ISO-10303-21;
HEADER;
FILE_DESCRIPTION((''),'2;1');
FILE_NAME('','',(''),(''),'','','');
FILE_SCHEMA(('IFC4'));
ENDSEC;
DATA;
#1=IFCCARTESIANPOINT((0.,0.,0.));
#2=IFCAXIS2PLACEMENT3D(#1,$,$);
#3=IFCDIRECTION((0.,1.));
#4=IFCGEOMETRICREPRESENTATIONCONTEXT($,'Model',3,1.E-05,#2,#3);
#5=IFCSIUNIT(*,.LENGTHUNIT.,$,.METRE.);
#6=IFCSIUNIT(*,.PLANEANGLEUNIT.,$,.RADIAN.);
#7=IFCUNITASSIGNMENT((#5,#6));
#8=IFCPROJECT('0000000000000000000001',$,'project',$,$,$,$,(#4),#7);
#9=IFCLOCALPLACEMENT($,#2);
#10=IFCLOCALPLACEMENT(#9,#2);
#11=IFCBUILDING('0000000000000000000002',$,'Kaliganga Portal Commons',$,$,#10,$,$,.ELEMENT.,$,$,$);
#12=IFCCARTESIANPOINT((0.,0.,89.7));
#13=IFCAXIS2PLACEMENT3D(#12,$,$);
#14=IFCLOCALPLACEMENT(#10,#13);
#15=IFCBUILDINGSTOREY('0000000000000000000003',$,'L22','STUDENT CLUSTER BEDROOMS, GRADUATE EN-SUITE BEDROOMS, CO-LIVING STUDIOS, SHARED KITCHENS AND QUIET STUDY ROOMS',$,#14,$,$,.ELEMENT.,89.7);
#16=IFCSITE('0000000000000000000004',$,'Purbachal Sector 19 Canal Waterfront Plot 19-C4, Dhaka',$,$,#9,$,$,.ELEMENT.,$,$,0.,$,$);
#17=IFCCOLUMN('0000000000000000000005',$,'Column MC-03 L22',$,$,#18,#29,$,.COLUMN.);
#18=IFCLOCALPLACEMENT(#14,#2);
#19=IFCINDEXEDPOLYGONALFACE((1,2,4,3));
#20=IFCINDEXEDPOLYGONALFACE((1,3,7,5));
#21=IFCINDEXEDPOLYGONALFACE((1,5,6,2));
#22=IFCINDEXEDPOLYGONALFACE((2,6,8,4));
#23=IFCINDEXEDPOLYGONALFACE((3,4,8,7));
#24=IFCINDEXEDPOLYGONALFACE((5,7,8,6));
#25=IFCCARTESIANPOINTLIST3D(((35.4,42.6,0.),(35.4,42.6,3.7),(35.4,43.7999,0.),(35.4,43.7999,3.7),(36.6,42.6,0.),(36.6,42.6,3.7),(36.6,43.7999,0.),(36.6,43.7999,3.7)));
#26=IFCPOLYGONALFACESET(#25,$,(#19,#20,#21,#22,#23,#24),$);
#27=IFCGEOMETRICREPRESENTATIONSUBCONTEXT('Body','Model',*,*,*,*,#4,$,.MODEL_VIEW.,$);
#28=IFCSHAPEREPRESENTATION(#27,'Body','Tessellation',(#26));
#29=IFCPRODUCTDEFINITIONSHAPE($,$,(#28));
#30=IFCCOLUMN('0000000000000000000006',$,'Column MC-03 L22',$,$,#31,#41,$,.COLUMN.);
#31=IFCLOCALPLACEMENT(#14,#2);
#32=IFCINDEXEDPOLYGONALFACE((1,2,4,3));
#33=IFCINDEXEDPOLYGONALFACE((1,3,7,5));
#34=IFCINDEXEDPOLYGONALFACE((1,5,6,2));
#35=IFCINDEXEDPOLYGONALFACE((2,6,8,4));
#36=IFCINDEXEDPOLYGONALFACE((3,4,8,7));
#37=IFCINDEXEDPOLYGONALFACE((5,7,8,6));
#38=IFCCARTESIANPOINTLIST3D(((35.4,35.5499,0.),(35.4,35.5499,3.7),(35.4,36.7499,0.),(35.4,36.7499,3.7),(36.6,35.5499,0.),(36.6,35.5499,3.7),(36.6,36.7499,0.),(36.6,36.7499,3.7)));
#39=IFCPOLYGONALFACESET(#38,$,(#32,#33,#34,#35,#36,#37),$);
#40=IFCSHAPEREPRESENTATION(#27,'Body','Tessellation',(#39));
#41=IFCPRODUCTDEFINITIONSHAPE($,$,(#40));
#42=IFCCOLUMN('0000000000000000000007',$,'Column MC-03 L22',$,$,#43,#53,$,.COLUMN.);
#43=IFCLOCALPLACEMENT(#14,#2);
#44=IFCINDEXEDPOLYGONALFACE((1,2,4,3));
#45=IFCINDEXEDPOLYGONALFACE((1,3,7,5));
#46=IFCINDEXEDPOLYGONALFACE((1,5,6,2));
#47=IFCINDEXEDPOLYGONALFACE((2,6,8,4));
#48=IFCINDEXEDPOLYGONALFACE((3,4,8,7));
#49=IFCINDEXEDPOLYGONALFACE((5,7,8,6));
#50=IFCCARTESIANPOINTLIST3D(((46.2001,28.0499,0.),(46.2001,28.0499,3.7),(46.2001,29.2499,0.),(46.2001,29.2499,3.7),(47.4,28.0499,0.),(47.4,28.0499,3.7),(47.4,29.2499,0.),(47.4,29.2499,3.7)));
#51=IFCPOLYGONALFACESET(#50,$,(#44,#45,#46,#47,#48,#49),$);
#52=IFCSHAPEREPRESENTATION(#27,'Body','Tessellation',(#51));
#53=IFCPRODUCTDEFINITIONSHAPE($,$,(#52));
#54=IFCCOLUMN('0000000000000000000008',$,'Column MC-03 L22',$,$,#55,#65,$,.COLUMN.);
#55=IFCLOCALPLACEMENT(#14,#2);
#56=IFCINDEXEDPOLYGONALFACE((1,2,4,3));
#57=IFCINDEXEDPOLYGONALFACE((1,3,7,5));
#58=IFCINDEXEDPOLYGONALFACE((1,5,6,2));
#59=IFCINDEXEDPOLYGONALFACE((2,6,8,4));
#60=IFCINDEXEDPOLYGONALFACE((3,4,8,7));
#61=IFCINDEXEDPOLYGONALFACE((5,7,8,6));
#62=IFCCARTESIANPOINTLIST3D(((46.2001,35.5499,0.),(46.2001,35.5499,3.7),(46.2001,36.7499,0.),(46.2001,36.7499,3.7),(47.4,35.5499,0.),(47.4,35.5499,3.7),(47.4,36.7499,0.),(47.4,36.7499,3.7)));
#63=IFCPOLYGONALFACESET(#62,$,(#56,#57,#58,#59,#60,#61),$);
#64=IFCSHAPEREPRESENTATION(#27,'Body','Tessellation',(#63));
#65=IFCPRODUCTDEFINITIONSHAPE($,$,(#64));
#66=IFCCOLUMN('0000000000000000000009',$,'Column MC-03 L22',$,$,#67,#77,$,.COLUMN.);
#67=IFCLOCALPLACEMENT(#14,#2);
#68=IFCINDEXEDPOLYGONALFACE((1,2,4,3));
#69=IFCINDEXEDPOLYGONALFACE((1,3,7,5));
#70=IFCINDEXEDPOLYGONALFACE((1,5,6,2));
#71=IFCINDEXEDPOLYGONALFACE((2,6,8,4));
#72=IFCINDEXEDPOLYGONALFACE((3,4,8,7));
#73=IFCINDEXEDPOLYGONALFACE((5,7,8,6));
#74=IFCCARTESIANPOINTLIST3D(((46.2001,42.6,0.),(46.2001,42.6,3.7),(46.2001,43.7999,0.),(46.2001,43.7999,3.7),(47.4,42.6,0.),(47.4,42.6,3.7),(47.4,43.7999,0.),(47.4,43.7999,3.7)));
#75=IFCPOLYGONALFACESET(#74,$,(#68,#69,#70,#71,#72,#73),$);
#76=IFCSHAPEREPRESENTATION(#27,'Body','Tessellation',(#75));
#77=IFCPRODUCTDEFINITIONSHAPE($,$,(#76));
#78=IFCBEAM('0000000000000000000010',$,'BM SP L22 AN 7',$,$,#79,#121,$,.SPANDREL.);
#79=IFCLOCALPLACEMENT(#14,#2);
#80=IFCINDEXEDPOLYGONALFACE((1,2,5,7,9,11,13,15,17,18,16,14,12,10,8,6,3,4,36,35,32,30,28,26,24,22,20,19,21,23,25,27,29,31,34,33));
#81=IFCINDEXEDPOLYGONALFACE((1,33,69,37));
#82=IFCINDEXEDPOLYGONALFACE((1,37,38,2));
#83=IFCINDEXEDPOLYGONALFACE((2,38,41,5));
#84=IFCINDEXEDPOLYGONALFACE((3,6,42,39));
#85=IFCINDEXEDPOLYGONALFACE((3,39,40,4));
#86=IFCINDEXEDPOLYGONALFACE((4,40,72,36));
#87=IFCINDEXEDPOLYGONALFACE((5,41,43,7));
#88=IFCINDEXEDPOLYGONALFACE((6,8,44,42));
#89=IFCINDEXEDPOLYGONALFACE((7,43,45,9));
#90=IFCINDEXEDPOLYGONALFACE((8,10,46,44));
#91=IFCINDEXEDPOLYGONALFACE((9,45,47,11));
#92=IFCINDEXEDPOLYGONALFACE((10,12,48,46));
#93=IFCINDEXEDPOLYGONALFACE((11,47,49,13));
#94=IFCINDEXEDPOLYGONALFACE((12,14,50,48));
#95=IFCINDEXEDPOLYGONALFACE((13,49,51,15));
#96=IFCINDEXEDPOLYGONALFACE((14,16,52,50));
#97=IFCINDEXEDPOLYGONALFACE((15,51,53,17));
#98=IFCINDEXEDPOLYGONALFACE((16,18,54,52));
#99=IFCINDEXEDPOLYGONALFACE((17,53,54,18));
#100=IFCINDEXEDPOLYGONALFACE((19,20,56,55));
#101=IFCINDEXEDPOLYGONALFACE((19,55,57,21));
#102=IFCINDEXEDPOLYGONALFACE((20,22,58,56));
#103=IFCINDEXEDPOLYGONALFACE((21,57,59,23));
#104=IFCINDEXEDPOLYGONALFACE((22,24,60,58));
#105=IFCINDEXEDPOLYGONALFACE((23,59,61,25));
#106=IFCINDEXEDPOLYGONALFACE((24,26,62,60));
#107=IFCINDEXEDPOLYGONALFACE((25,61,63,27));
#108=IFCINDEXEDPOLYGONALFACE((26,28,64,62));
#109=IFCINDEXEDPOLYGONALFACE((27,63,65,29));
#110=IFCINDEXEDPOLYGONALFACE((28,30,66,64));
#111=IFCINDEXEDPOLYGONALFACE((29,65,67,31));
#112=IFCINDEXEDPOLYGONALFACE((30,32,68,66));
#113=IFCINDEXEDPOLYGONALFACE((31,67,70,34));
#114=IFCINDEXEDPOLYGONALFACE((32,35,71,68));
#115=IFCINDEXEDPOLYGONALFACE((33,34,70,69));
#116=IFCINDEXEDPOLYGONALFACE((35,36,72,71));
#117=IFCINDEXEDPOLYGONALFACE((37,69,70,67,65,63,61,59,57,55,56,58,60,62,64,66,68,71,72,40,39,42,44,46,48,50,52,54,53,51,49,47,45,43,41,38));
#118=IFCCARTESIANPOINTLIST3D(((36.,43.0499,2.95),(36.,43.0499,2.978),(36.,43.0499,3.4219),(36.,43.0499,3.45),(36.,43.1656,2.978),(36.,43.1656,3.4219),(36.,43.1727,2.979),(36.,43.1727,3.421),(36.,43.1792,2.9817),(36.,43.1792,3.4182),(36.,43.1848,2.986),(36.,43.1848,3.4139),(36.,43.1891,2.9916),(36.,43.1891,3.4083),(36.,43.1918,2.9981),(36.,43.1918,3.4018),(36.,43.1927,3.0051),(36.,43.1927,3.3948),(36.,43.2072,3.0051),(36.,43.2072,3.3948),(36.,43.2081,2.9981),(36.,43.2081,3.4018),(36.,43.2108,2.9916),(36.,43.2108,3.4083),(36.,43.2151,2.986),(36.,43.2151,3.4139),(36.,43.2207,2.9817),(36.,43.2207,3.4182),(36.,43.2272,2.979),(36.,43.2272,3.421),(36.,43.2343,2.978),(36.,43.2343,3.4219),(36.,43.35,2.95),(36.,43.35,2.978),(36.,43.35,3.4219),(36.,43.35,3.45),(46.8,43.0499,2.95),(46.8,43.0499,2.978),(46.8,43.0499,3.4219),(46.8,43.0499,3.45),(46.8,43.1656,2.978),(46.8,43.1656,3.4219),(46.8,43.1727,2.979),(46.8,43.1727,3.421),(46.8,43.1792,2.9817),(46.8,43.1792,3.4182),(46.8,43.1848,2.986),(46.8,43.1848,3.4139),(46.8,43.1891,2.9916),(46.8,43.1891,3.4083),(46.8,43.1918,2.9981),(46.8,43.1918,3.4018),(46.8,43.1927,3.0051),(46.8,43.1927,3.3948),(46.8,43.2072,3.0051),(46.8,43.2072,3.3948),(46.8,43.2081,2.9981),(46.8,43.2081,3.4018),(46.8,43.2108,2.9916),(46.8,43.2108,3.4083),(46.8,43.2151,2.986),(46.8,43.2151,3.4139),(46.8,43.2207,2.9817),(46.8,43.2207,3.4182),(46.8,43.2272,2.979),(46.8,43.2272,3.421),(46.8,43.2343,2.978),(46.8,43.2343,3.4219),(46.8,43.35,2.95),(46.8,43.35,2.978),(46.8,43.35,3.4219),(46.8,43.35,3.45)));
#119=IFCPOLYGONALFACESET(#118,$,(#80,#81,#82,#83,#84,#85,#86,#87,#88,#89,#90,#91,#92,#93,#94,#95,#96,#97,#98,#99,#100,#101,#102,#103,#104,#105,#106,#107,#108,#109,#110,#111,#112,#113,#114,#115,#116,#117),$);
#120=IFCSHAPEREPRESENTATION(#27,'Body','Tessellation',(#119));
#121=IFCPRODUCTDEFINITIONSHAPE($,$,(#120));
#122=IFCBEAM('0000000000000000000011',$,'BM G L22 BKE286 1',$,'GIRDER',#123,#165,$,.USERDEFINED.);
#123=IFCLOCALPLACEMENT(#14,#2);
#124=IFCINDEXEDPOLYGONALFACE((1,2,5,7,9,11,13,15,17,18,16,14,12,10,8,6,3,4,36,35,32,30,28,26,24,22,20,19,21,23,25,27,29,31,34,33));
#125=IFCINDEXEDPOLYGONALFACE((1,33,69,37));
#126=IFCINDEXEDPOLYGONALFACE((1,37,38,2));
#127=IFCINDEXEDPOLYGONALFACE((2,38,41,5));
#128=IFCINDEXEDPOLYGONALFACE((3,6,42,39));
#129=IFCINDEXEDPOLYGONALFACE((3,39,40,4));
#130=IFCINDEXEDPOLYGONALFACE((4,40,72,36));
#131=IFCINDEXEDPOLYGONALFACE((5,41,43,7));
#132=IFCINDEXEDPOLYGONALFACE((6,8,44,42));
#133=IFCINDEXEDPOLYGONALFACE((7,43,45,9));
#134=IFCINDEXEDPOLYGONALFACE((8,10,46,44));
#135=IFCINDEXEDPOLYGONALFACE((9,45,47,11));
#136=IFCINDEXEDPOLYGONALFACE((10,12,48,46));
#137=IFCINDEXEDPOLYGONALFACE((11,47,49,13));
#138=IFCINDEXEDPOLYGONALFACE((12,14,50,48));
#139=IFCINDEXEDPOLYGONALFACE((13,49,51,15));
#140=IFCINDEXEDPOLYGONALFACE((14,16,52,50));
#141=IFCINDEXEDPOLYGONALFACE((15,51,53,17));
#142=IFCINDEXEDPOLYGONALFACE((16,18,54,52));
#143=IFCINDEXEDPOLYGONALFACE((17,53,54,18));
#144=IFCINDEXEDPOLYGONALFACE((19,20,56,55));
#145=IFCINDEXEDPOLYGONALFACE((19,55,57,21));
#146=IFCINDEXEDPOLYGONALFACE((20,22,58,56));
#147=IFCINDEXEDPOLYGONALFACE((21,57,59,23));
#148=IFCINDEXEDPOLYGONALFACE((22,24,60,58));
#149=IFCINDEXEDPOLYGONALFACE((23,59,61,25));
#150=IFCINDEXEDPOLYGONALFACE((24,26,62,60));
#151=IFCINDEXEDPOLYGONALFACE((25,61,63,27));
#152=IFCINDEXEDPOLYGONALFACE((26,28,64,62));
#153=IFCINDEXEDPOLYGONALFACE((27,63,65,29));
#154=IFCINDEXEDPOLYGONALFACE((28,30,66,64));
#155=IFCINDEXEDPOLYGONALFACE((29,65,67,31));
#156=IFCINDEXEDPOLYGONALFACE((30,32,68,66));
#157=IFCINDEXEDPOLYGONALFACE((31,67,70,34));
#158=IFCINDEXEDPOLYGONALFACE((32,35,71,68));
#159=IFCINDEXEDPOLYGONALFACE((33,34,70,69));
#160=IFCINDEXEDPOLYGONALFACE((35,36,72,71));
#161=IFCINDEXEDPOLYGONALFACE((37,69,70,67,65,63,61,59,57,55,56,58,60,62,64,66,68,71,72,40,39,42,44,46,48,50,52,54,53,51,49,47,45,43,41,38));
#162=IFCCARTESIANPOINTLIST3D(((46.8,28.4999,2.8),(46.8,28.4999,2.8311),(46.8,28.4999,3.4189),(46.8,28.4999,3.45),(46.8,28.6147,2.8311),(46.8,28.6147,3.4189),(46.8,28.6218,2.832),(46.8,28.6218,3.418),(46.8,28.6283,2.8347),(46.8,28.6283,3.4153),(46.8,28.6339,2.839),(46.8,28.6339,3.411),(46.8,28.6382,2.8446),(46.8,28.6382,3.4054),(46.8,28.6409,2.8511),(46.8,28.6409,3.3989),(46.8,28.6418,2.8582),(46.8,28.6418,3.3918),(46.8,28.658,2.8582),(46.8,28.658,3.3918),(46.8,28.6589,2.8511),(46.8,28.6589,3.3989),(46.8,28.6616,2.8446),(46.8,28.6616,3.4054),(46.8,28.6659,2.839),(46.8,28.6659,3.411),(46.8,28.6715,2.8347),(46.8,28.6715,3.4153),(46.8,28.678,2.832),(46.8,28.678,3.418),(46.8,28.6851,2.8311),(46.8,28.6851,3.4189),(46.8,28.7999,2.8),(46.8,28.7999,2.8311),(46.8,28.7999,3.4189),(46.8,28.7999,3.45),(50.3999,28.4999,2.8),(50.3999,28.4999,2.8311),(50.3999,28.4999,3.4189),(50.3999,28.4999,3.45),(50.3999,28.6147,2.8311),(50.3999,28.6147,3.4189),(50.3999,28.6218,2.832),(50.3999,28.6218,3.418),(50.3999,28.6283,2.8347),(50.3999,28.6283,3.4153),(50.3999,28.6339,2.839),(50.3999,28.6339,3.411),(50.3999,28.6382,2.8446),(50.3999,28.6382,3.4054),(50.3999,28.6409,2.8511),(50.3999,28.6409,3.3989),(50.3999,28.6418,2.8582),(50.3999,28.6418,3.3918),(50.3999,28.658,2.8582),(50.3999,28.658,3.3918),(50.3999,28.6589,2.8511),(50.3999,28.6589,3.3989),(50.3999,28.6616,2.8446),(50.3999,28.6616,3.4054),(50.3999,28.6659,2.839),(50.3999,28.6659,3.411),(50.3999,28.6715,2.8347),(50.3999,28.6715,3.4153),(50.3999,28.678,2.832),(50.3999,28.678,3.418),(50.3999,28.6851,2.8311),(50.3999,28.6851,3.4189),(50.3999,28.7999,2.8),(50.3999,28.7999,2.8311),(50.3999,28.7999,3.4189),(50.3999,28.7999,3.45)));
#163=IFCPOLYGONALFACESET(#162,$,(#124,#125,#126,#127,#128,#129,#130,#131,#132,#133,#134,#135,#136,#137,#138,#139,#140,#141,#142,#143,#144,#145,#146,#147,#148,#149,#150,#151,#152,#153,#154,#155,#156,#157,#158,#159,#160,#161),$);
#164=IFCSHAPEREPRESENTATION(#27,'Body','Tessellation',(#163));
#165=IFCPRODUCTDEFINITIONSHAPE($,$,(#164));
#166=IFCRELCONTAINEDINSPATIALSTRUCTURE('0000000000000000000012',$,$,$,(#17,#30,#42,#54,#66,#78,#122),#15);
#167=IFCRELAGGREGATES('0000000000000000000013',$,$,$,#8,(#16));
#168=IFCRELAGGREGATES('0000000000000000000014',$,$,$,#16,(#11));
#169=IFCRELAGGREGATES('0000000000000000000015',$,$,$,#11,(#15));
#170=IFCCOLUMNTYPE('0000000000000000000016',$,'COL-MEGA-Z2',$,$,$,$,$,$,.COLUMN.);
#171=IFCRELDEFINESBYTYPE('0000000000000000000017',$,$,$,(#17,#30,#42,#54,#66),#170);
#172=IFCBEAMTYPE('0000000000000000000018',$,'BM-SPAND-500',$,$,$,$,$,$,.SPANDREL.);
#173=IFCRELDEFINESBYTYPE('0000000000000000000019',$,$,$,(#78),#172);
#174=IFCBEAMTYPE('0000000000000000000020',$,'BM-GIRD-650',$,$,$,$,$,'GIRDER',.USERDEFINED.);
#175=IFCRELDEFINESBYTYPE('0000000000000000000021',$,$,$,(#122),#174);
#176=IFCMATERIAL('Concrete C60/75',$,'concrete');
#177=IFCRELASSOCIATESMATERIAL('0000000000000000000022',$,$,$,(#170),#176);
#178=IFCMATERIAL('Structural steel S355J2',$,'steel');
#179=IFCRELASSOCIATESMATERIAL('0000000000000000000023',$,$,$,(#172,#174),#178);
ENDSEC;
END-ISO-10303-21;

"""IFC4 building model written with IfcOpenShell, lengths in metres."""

from ifc_helpers import new_model, si_unit, direction, frame, origin, origin_2d, place, context, subcontext, project, spatial, rectangle, i_section, extrude, source, transform, mapped, material, material_profile, profile_set, type_object, element, save


model = new_model("IFC4")

# Units and contexts
model_context = context("Model", 3, precision=1e-05, world=origin(), true_north=direction((0.0, 1.0)))
body_context = subcontext(model_context, "Body", "Model", "MODEL_VIEW")
ifc_project = project(units=[si_unit("LENGTHUNIT", "METRE"), si_unit("PLANEANGLEUNIT", "RADIAN")], contexts=[model_context])

# Site, building, storey
site_placement = place(None, origin())
site = spatial("IfcSite", under=ifc_project, at=site_placement, Name="Purbachal Sector 19 Canal Waterfront Plot 19-C4, Dhaka", CompositionType="ELEMENT", RefElevation=0.0)
building_placement = place(site_placement, origin())
building = spatial("IfcBuilding", under=site, at=building_placement, Name="Kaliganga Portal Commons", CompositionType="ELEMENT")
storey_placement = place(building_placement, frame((0.0, 0.0, 89.7)))
storey = spatial("IfcBuildingStorey", under=building, at=storey_placement, Name="L22", Description="STUDENT CLUSTER BEDROOMS, GRADUATE EN-SUITE BEDROOMS, CO-LIVING STUDIOS, SHARED KITCHENS AND QUIET STUDY ROOMS", CompositionType="ELEMENT", Elevation=89.7)

# Columns
ifc_material_1 = material(Name="Concrete C60/75", Category="concrete")
ifc_material_profile_1 = material_profile(ifc_material_1, rectangle(XDim=1.2, YDim=1.2, at=origin_2d()), Name="RC 1200x1200")
ifc_profile_set_1 = profile_set([ifc_material_profile_1], Name="Concrete C60/75")
column_type = type_object("IfcColumnType", Name="COL-MEGA-Z2", PredefinedType="COLUMN", material=ifc_profile_set_1)
shared_shape_1 = source(origin(), body_context, "Body", "SweptSolid", [
    extrude(rectangle(XDim=1.2, YDim=1.2, at=origin_2d()), origin(), (0.0, 0.0, 1.0), 3.7),
])
for number, where, z_axis, x_axis, name in (
    (1, (36.0, 43.2, 0.0), (0.0, 0.0, 1.0), (1.0, 0.0, 0.0), "Column MC-03 L22"),
    (2, (36.0, 36.1499, 0.0), (0.0, 0.0, 1.0), (1.0, 0.0, 0.0), "Column MC-03 L22"),
    (3, (46.8, 28.6499, 0.0), (0.0, 0.0, 1.0), (1.0, 0.0, 0.0), "Column MC-03 L22"),
    (4, (46.8, 36.1499, 0.0), (0.0, 0.0, 1.0), (1.0, 0.0, 0.0), "Column MC-03 L22"),
    (5, (46.8, 43.2, 0.0), (0.0, 0.0, 1.0), (1.0, 0.0, 0.0), "Column MC-03 L22"),
):
    element("IfcColumn", number, at=place(storey_placement, frame(where, z_axis=z_axis, x_axis=x_axis)), inside=storey, type_object=column_type, Name=name, PredefinedType="COLUMN", context=body_context, shape_type="MappedRepresentation", body=[
        mapped(shared_shape_1, transform((0.0, 0.0, 0.0), x_axis=(1.0, 0.0, 0.0), y_axis=(0.0, 1.0, 0.0), z_axis=(0.0, 0.0, 1.0), scale=1.0)),
    ])

# Beams
ifc_material_2 = material(Name="Structural steel S355J2", Category="steel")
ifc_material_profile_2 = material_profile(ifc_material_2, i_section(OverallWidth=0.3, OverallDepth=0.5, WebThickness=0.0144, FlangeThickness=0.0281, FilletRadius=0.0271, at=origin_2d()), Name="HE 500 B")
ifc_profile_set_2 = profile_set([ifc_material_profile_2], Name="Structural steel S355J2 wide-flange")
beam_type_1 = type_object("IfcBeamType", Name="BM-SPAND-500", PredefinedType="SPANDREL", material=ifc_profile_set_2)
shared_shape_2 = source(origin(), body_context, "Body", "SweptSolid", [
    extrude(i_section(OverallWidth=0.3, OverallDepth=0.5, WebThickness=0.0144, FlangeThickness=0.0281, FilletRadius=0.0271, at=origin_2d()), origin(), (0.0, 0.0, 1.0), 10.8),
])
beam_placement = place(storey_placement, frame((36.0, 43.2, 3.2), z_axis=(1.0, 0.0, 0.0), x_axis=(0.0, 1.0, 0.0)))
element("IfcBeam", 6, at=beam_placement, inside=storey, type_object=beam_type_1, Name="BM SP L22 AN 7", PredefinedType="SPANDREL", context=body_context, shape_type="MappedRepresentation", body=[
    mapped(shared_shape_2, transform((0.0, 0.0, 0.0), x_axis=(1.0, 0.0, 0.0), y_axis=(0.0, 1.0, 0.0), z_axis=(0.0, 0.0, 1.0), scale=1.0)),
])
ifc_material_profile_3 = material_profile(ifc_material_2, i_section(OverallWidth=0.3, OverallDepth=0.6499, WebThickness=0.0161, FlangeThickness=0.031, FilletRadius=0.0271, at=origin_2d()), Name="HE 650 B")
ifc_profile_set_3 = profile_set([ifc_material_profile_3], Name="Structural steel S355J2 wide-flange")
beam_type_2 = type_object("IfcBeamType", Name="BM-GIRD-650", ElementType="GIRDER", PredefinedType="USERDEFINED", material=ifc_profile_set_3)
shared_shape_3 = source(origin(), body_context, "Body", "SweptSolid", [
    extrude(i_section(OverallWidth=0.3, OverallDepth=0.6499, WebThickness=0.0161, FlangeThickness=0.031, FilletRadius=0.0271, at=origin_2d()), origin(), (0.0, 0.0, 1.0), 3.5999),
])
for number, where, z_axis, x_axis, name in (
    (7, (46.8, 28.6499, 3.125), (1.0, 0.0, 0.0), (0.0, 1.0, 0.0), "BM G L22 BKE286 1"),
):
    element("IfcBeam", number, at=place(storey_placement, frame(where, z_axis=z_axis, x_axis=x_axis)), inside=storey, type_object=beam_type_2, Name=name, ObjectType="GIRDER", PredefinedType="USERDEFINED", context=body_context, shape_type="MappedRepresentation", body=[
        mapped(shared_shape_3, transform((0.0, 0.0, 0.0), x_axis=(1.0, 0.0, 0.0), y_axis=(0.0, 1.0, 0.0), z_axis=(0.0, 0.0, 1.0), scale=1.0)),
    ])

save(model, "model.ifc")
